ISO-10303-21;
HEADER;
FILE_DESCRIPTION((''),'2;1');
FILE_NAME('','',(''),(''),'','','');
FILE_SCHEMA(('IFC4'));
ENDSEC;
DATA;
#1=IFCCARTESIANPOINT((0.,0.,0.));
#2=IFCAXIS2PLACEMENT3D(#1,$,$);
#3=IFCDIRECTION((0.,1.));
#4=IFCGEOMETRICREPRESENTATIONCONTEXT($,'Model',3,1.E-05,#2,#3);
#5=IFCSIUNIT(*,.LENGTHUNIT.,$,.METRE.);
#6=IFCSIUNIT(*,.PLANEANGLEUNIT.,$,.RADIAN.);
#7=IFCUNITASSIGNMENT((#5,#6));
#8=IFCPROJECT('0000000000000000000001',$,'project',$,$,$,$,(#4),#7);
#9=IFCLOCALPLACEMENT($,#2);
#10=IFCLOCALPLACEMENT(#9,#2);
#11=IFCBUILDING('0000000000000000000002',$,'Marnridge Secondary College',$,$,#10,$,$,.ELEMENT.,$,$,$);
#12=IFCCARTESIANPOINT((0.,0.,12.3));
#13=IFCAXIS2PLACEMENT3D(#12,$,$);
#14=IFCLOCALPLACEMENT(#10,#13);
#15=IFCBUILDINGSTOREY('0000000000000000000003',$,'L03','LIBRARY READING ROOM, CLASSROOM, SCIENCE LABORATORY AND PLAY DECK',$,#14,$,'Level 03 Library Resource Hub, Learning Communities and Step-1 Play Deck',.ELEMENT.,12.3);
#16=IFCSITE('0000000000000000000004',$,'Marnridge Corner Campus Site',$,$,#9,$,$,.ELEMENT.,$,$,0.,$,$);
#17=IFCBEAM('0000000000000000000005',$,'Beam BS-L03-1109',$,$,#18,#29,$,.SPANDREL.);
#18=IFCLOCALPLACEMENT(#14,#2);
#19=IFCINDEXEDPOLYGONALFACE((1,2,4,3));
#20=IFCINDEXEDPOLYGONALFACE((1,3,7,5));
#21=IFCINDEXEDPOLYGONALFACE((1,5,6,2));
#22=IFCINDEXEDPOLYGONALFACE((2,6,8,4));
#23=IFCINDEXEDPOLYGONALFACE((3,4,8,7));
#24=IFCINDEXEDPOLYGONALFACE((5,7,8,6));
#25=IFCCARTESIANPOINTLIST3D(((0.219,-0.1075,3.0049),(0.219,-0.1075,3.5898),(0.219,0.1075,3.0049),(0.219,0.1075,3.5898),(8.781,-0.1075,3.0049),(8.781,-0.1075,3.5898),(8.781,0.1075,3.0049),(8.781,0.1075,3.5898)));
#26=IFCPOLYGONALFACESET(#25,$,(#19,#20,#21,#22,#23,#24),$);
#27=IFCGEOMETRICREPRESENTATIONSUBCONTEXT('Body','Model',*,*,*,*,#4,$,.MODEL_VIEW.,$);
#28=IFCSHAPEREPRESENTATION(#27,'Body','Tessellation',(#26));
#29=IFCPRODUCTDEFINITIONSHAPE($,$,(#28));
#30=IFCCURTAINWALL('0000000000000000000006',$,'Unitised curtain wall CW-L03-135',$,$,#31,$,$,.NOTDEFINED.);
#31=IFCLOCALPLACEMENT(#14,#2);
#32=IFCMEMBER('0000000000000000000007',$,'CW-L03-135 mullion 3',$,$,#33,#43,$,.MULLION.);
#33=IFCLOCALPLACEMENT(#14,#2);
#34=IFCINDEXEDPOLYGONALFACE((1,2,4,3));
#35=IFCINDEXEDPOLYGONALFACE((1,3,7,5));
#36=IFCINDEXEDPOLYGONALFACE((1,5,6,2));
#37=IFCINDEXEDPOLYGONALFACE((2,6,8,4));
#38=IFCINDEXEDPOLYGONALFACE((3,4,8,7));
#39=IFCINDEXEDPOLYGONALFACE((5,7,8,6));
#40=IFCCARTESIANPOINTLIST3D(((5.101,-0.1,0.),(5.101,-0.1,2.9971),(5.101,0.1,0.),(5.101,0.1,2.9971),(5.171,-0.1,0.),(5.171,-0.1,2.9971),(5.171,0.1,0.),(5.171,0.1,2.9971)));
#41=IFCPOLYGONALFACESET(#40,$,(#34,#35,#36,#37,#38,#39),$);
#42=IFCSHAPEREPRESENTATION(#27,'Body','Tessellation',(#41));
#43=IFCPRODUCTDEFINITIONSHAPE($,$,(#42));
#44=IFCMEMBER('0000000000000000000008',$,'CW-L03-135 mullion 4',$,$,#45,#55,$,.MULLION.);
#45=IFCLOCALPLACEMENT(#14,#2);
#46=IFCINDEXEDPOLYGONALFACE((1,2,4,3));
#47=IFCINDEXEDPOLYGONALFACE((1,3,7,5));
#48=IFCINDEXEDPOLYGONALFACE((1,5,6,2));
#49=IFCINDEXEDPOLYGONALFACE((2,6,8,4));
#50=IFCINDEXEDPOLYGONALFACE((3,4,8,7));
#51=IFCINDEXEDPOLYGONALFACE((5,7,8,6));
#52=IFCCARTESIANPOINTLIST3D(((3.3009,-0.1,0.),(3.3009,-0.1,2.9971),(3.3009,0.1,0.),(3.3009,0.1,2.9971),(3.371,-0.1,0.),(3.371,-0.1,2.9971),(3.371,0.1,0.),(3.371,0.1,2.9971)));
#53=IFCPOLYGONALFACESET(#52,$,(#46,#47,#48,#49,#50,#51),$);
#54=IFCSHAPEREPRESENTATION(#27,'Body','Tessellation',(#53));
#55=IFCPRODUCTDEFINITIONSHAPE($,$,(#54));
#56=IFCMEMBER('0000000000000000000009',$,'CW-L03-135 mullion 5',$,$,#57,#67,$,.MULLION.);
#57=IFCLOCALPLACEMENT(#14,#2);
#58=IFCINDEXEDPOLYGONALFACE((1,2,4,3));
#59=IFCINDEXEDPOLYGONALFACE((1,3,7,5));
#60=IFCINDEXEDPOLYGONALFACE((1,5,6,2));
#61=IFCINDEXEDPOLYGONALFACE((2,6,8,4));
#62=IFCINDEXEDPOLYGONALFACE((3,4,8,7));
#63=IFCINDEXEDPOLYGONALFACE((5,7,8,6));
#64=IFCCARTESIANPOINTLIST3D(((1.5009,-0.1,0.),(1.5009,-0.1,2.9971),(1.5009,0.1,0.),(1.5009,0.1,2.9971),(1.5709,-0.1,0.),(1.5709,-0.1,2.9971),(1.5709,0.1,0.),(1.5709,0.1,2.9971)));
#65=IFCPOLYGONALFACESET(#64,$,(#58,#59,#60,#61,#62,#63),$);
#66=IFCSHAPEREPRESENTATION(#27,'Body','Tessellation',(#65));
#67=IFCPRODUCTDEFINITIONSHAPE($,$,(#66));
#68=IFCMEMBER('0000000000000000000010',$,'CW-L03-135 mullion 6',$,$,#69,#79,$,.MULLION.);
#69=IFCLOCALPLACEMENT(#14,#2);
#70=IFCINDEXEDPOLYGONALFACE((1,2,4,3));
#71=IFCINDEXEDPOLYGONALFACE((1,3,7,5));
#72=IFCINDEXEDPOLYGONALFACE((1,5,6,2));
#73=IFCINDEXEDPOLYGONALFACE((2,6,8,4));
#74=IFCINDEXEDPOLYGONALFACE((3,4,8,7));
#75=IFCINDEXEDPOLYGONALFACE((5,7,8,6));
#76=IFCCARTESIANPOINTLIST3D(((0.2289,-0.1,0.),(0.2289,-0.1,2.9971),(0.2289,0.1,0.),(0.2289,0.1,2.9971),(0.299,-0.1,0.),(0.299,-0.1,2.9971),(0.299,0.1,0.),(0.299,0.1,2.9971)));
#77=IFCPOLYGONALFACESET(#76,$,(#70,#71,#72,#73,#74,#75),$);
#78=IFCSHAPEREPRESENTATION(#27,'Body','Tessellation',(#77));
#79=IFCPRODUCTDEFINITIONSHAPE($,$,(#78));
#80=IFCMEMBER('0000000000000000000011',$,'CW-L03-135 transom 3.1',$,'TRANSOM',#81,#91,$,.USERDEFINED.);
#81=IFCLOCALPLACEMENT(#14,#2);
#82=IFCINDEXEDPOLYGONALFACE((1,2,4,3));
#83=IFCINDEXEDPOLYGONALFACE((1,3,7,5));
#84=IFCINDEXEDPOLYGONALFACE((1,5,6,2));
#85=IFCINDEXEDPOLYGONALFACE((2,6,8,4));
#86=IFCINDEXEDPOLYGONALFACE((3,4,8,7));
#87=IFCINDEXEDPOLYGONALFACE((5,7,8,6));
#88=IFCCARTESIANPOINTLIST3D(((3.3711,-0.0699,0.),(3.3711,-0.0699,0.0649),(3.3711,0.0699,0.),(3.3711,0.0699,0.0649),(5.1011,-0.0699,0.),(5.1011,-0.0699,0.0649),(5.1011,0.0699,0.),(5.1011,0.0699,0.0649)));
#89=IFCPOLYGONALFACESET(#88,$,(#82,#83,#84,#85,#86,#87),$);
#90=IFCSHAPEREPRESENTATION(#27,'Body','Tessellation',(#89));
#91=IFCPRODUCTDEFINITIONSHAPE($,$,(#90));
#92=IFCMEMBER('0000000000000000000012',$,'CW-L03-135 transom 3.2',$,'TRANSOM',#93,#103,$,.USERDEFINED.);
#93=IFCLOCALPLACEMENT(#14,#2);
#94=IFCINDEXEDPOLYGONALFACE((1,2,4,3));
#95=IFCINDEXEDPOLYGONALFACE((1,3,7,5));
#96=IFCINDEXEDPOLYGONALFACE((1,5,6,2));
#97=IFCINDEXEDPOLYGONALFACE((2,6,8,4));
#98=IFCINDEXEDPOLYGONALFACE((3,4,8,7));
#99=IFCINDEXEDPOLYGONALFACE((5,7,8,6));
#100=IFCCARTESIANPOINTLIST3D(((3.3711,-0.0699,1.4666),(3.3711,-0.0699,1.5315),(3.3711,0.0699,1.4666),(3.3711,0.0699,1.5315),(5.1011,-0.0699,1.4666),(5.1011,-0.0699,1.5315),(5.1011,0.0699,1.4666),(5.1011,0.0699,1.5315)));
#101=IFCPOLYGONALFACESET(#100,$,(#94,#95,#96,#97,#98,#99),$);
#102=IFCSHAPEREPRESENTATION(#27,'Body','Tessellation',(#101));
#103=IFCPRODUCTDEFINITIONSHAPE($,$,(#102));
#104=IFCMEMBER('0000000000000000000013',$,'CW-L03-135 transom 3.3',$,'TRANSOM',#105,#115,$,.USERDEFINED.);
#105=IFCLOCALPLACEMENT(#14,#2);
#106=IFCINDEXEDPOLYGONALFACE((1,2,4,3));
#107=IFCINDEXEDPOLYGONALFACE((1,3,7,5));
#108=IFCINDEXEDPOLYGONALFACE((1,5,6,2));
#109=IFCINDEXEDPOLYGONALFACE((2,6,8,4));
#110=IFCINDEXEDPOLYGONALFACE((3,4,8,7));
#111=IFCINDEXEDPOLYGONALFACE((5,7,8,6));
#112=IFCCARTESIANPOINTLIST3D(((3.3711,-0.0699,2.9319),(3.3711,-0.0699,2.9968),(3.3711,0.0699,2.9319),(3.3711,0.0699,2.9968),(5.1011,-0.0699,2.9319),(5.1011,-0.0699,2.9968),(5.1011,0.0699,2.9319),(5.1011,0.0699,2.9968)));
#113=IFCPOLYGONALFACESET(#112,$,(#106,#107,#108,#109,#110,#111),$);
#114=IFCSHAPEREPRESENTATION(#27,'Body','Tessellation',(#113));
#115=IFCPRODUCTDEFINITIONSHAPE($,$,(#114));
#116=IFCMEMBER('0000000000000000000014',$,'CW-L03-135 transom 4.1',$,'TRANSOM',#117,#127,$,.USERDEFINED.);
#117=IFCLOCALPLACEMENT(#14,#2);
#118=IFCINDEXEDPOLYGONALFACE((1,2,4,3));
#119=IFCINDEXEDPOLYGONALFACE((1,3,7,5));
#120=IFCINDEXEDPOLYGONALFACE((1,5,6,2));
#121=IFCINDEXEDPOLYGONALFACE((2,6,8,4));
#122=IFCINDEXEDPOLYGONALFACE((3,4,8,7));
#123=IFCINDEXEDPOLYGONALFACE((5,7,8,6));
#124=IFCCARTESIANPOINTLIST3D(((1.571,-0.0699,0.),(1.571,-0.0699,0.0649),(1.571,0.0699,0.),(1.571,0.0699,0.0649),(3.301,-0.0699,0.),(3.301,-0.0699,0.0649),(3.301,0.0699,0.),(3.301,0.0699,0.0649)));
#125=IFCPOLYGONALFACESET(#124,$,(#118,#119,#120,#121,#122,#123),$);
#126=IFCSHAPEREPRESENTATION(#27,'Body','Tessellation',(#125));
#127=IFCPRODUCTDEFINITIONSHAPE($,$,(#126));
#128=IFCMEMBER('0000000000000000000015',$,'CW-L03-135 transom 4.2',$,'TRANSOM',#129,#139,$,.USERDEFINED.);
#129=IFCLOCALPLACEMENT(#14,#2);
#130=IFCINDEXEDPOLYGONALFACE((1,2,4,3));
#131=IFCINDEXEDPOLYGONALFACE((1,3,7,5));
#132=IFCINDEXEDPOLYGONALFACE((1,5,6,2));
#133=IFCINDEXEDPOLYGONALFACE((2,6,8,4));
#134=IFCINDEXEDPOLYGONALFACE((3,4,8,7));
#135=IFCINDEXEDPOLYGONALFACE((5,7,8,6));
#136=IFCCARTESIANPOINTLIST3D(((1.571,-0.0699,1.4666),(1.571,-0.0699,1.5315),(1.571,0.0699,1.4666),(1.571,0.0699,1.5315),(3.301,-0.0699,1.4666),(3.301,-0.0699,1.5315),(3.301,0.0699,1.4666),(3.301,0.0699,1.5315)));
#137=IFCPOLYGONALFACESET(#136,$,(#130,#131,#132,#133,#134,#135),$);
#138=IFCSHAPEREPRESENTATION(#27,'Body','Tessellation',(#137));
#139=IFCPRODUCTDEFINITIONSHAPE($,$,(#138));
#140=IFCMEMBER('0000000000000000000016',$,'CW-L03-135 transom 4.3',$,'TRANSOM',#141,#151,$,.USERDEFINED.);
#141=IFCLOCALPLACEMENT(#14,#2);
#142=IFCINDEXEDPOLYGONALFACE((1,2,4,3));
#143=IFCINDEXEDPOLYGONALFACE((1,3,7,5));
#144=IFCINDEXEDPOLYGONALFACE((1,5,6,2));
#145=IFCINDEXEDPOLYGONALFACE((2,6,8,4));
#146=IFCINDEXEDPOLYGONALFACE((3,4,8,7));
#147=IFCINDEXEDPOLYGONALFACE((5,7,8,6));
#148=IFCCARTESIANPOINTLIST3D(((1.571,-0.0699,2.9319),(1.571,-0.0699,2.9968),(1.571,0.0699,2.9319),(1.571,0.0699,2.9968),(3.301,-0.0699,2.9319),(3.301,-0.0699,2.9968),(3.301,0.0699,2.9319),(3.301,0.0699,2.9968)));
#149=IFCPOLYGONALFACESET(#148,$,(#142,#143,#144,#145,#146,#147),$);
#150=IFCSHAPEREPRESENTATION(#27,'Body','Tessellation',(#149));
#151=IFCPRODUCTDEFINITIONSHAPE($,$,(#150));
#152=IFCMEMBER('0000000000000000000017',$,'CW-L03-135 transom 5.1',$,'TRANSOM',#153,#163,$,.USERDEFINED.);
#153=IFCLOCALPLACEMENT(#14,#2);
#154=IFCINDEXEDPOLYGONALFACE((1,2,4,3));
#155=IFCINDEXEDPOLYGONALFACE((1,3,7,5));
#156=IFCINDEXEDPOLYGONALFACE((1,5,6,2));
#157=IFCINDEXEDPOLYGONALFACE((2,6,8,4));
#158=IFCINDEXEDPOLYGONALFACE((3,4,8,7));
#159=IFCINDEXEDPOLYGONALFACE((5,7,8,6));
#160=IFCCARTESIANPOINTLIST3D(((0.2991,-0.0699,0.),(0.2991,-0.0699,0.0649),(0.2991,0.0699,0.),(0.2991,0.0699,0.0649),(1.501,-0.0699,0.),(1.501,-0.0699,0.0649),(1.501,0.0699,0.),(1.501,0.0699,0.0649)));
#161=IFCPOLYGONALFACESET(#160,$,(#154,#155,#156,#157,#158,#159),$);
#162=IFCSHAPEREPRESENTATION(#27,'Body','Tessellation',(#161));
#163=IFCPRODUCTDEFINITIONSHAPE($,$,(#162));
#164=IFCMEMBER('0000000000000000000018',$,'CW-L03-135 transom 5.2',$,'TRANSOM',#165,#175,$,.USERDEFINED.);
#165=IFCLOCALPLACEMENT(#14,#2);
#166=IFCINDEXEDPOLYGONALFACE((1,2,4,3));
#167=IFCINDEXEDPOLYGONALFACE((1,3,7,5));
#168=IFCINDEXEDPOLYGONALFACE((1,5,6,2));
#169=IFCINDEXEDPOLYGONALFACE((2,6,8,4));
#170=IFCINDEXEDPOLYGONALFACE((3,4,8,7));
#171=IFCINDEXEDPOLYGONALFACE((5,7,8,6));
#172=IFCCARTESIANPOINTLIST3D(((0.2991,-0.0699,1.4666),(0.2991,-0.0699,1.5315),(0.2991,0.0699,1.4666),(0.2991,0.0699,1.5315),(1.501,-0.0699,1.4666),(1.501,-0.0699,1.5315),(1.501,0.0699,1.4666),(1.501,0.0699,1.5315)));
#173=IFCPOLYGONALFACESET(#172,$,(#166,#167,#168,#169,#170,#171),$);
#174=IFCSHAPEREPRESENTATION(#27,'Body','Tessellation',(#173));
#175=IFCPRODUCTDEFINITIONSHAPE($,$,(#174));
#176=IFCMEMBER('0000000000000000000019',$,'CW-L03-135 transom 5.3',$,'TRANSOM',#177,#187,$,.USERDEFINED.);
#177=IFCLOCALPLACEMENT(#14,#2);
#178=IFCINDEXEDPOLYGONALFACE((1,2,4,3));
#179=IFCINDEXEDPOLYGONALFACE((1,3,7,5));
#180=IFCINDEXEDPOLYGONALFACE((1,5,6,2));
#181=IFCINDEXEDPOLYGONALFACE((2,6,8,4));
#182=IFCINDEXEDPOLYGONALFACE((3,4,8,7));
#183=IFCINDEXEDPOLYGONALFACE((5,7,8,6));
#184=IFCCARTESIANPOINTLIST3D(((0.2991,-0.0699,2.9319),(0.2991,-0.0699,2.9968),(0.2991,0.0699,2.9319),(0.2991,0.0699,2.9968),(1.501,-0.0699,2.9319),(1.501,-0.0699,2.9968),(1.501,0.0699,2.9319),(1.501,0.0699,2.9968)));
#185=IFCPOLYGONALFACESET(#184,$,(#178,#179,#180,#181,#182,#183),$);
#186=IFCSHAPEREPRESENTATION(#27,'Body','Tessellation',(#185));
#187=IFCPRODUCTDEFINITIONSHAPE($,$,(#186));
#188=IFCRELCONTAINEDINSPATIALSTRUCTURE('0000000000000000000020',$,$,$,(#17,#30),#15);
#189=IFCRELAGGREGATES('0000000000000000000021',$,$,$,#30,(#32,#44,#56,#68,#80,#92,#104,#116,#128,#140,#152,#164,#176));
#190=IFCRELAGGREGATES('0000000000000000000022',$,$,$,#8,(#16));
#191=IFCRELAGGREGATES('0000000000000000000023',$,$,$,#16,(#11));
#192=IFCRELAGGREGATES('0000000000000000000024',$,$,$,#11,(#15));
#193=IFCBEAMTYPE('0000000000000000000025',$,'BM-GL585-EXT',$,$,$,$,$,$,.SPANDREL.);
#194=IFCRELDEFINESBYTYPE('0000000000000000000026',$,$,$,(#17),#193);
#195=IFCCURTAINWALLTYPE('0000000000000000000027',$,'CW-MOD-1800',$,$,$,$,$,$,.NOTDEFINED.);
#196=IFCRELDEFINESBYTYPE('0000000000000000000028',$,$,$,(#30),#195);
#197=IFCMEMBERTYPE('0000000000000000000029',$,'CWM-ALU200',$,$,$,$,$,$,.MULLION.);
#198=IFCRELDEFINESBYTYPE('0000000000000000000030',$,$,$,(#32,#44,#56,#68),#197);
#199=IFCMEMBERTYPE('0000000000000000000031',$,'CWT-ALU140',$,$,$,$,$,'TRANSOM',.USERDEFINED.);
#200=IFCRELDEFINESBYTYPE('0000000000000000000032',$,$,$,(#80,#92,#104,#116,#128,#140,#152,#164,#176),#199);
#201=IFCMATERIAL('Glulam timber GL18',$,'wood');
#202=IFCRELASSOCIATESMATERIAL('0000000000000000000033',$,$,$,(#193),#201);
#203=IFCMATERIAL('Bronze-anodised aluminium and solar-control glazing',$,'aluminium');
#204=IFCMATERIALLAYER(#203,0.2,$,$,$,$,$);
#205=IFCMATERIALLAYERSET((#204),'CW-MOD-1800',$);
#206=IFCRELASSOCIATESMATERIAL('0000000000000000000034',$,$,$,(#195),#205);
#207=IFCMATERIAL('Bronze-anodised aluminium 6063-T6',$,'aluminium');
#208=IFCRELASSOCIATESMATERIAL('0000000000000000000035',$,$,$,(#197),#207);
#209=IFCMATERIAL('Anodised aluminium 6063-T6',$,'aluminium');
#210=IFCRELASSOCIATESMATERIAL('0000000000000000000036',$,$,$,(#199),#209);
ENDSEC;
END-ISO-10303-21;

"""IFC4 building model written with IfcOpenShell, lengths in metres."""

from ifc_helpers import new_model, si_unit, direction, frame, origin, origin_2d, place, context, subcontext, project, spatial, rectangle, extrude, material, layer, layer_set, material_profile, profile_set, type_object, element, aggregate, save


model = new_model("IFC4")

# Units and contexts
model_context = context("Model", 3, precision=1e-05, world=origin(), true_north=direction((0.0, 1.0)))
body_context = subcontext(model_context, "Body", "Model", "MODEL_VIEW")
ifc_project = project(units=[si_unit("LENGTHUNIT", "METRE"), si_unit("PLANEANGLEUNIT", "RADIAN")], contexts=[model_context])

# Site, building, storey
site_placement = place(None, origin())
site = spatial("IfcSite", under=ifc_project, at=site_placement, Name="Marnridge Corner Campus Site", CompositionType="ELEMENT", RefElevation=0.0)
building_placement = place(site_placement, origin())
building = spatial("IfcBuilding", under=site, at=building_placement, Name="Marnridge Secondary College", CompositionType="ELEMENT")
storey_placement = place(building_placement, frame((0.0, 0.0, 12.3)))
storey = spatial("IfcBuildingStorey", under=building, at=storey_placement, Name="L03", Description="LIBRARY READING ROOM, CLASSROOM, SCIENCE LABORATORY AND PLAY DECK", LongName="Level 03 Library Resource Hub, Learning Communities and Step-1 Play Deck", CompositionType="ELEMENT", Elevation=12.3)

# Beam
ifc_material_1 = material(Name="Glulam timber GL18", Category="wood")
ifc_material_profile_1 = material_profile(ifc_material_1, rectangle(XDim=0.2151, YDim=0.585, at=origin_2d()), Name="GL18 215x585")
ifc_profile_set_1 = profile_set([ifc_material_profile_1], Name="Glulam timber GL18")
beam_type = type_object("IfcBeamType", Name="BM-GL585-EXT", PredefinedType="SPANDREL", material=ifc_profile_set_1)
beam_placement = place(storey_placement, frame((0.219, 0.0, 3.2974), z_axis=(1.0, 0.0, 0.0), x_axis=(0.0, 1.0, 0.0)))
element("IfcBeam", 1, at=beam_placement, inside=storey, type_object=beam_type, Name="Beam BS-L03-1109", PredefinedType="SPANDREL", context=body_context, shape_type="SweptSolid", body=[
    extrude(rectangle(XDim=0.2151, YDim=0.585, at=origin_2d()), origin(), (0.0, 0.0, 1.0), 8.562),
])

# Curtain wall, members
ifc_material_2 = material(Name="Bronze-anodised aluminium and solar-control glazing", Category="aluminium")
ifc_layer_1 = layer(ifc_material_2, 0.2)
ifc_layer_set_1 = layer_set([ifc_layer_1], Name="CW-MOD-1800")
curtain_wall_type = type_object("IfcCurtainWallType", Name="CW-MOD-1800", PredefinedType="NOTDEFINED", material=ifc_layer_set_1)
curtain_wall_placement = place(storey_placement, origin())
curtain_wall = element("IfcCurtainWall", 2, at=curtain_wall_placement, inside=storey, type_object=curtain_wall_type, Name="Unitised curtain wall CW-L03-135", PredefinedType="NOTDEFINED")
ifc_material_3 = material(Name="Bronze-anodised aluminium 6063-T6", Category="aluminium")
ifc_material_profile_2 = material_profile(ifc_material_3, rectangle(XDim=0.0701, YDim=0.2, at=origin_2d()), Name="ALU 70x200")
ifc_profile_set_2 = profile_set([ifc_material_profile_2], Name="Bronze-anodised aluminium 6063-T6")
member_type_1 = type_object("IfcMemberType", Name="CWM-ALU200", PredefinedType="MULLION", material=ifc_profile_set_2)
member_1_placement = place(storey_placement, frame((5.136, 0.0, 0.0), z_axis=(0.0, 0.0, 1.0), x_axis=(-1.0, 0.0, 0.0)))
member_1 = element("IfcMember", 3, at=member_1_placement, type_object=member_type_1, Name="CW-L03-135 mullion 3", PredefinedType="MULLION", context=body_context, shape_type="SweptSolid", body=[
    extrude(rectangle(XDim=0.0701, YDim=0.2, at=origin_2d()), origin(), (0.0, 0.0, 1.0), 2.9971),
])
member_2_placement = place(storey_placement, frame((3.3359, 0.0, 0.0), z_axis=(0.0, 0.0, 1.0), x_axis=(-1.0, 0.0, 0.0)))
member_2 = element("IfcMember", 4, at=member_2_placement, type_object=member_type_1, Name="CW-L03-135 mullion 4", PredefinedType="MULLION", context=body_context, shape_type="SweptSolid", body=[
    extrude(rectangle(XDim=0.0701, YDim=0.2, at=origin_2d()), origin(), (0.0, 0.0, 1.0), 2.9971),
])
member_3_placement = place(storey_placement, frame((1.5359, 0.0, 0.0), z_axis=(0.0, 0.0, 1.0), x_axis=(-1.0, 0.0, 0.0)))
member_3 = element("IfcMember", 5, at=member_3_placement, type_object=member_type_1, Name="CW-L03-135 mullion 5", PredefinedType="MULLION", context=body_context, shape_type="SweptSolid", body=[
    extrude(rectangle(XDim=0.0701, YDim=0.2, at=origin_2d()), origin(), (0.0, 0.0, 1.0), 2.9971),
])
member_4_placement = place(storey_placement, frame((0.2639, 0.0, 0.0), z_axis=(0.0, 0.0, 1.0), x_axis=(-1.0, 0.0, 0.0)))
member_4 = element("IfcMember", 6, at=member_4_placement, type_object=member_type_1, Name="CW-L03-135 mullion 6", PredefinedType="MULLION", context=body_context, shape_type="SweptSolid", body=[
    extrude(rectangle(XDim=0.0701, YDim=0.2, at=origin_2d()), origin(), (0.0, 0.0, 1.0), 2.9971),
])
ifc_material_4 = material(Name="Anodised aluminium 6063-T6", Category="aluminium")
ifc_material_profile_3 = material_profile(ifc_material_4, rectangle(XDim=0.0649, YDim=0.1399, at=origin_2d()), Name="ALU 65x140")
ifc_profile_set_3 = profile_set([ifc_material_profile_3], Name="Anodised aluminium 6063-T6")
member_type_2 = type_object("IfcMemberType", Name="CWT-ALU140", ElementType="TRANSOM", PredefinedType="USERDEFINED", material=ifc_profile_set_3)
member_5_placement = place(storey_placement, frame((5.1011, 0.0, 0.0325), z_axis=(-1.0, 0.0, 0.0), x_axis=(0.0, 0.0, 1.0)))
member_5 = element("IfcMember", 7, at=member_5_placement, type_object=member_type_2, Name="CW-L03-135 transom 3.1", ObjectType="TRANSOM", PredefinedType="USERDEFINED", context=body_context, shape_type="SweptSolid", body=[
    extrude(rectangle(XDim=0.0649, YDim=0.1399, at=origin_2d()), origin(), (0.0, 0.0, 1.0), 1.73),
])
member_6_placement = place(storey_placement, frame((5.1011, 0.0, 1.499), z_axis=(-1.0, 0.0, 0.0), x_axis=(0.0, 0.0, 1.0)))
member_6 = element("IfcMember", 8, at=member_6_placement, type_object=member_type_2, Name="CW-L03-135 transom 3.2", ObjectType="TRANSOM", PredefinedType="USERDEFINED", context=body_context, shape_type="SweptSolid", body=[
    extrude(rectangle(XDim=0.0649, YDim=0.1399, at=origin_2d()), origin(), (0.0, 0.0, 1.0), 1.73),
])
member_7_placement = place(storey_placement, frame((5.1011, 0.0, 2.9644), z_axis=(-1.0, 0.0, 0.0), x_axis=(0.0, 0.0, 1.0)))
member_7 = element("IfcMember", 9, at=member_7_placement, type_object=member_type_2, Name="CW-L03-135 transom 3.3", ObjectType="TRANSOM", PredefinedType="USERDEFINED", context=body_context, shape_type="SweptSolid", body=[
    extrude(rectangle(XDim=0.0649, YDim=0.1399, at=origin_2d()), origin(), (0.0, 0.0, 1.0), 1.73),
])
member_8_placement = place(storey_placement, frame((3.301, 0.0, 0.0325), z_axis=(-1.0, 0.0, 0.0), x_axis=(0.0, 0.0, 1.0)))
member_8 = element("IfcMember", 10, at=member_8_placement, type_object=member_type_2, Name="CW-L03-135 transom 4.1", ObjectType="TRANSOM", PredefinedType="USERDEFINED", context=body_context, shape_type="SweptSolid", body=[
    extrude(rectangle(XDim=0.0649, YDim=0.1399, at=origin_2d()), origin(), (0.0, 0.0, 1.0), 1.73),
])
member_9_placement = place(storey_placement, frame((3.301, 0.0, 1.499), z_axis=(-1.0, 0.0, 0.0), x_axis=(0.0, 0.0, 1.0)))
member_9 = element("IfcMember", 11, at=member_9_placement, type_object=member_type_2, Name="CW-L03-135 transom 4.2", ObjectType="TRANSOM", PredefinedType="USERDEFINED", context=body_context, shape_type="SweptSolid", body=[
    extrude(rectangle(XDim=0.0649, YDim=0.1399, at=origin_2d()), origin(), (0.0, 0.0, 1.0), 1.73),
])
member_10_placement = place(storey_placement, frame((3.301, 0.0, 2.9644), z_axis=(-1.0, 0.0, 0.0), x_axis=(0.0, 0.0, 1.0)))
member_10 = element("IfcMember", 12, at=member_10_placement, type_object=member_type_2, Name="CW-L03-135 transom 4.3", ObjectType="TRANSOM", PredefinedType="USERDEFINED", context=body_context, shape_type="SweptSolid", body=[
    extrude(rectangle(XDim=0.0649, YDim=0.1399, at=origin_2d()), origin(), (0.0, 0.0, 1.0), 1.73),
])
member_11_placement = place(storey_placement, frame((1.501, 0.0, 0.0325), z_axis=(-1.0, 0.0, 0.0), x_axis=(0.0, 0.0, 1.0)))
member_11 = element("IfcMember", 13, at=member_11_placement, type_object=member_type_2, Name="CW-L03-135 transom 5.1", ObjectType="TRANSOM", PredefinedType="USERDEFINED", context=body_context, shape_type="SweptSolid", body=[
    extrude(rectangle(XDim=0.0649, YDim=0.1399, at=origin_2d()), origin(), (0.0, 0.0, 1.0), 1.2019),
])
member_12_placement = place(storey_placement, frame((1.501, 0.0, 1.499), z_axis=(-1.0, 0.0, 0.0), x_axis=(0.0, 0.0, 1.0)))
member_12 = element("IfcMember", 14, at=member_12_placement, type_object=member_type_2, Name="CW-L03-135 transom 5.2", ObjectType="TRANSOM", PredefinedType="USERDEFINED", context=body_context, shape_type="SweptSolid", body=[
    extrude(rectangle(XDim=0.0649, YDim=0.1399, at=origin_2d()), origin(), (0.0, 0.0, 1.0), 1.2019),
])
member_13_placement = place(storey_placement, frame((1.501, 0.0, 2.9644), z_axis=(-1.0, 0.0, 0.0), x_axis=(0.0, 0.0, 1.0)))
member_13 = element("IfcMember", 15, at=member_13_placement, type_object=member_type_2, Name="CW-L03-135 transom 5.3", ObjectType="TRANSOM", PredefinedType="USERDEFINED", context=body_context, shape_type="SweptSolid", body=[
    extrude(rectangle(XDim=0.0649, YDim=0.1399, at=origin_2d()), origin(), (0.0, 0.0, 1.0), 1.2019),
])
aggregate(curtain_wall, [member_1, member_2, member_3, member_4, member_5, member_6, member_7, member_8, member_9, member_10, member_11, member_12, member_13])

save(model, "model.ifc")
